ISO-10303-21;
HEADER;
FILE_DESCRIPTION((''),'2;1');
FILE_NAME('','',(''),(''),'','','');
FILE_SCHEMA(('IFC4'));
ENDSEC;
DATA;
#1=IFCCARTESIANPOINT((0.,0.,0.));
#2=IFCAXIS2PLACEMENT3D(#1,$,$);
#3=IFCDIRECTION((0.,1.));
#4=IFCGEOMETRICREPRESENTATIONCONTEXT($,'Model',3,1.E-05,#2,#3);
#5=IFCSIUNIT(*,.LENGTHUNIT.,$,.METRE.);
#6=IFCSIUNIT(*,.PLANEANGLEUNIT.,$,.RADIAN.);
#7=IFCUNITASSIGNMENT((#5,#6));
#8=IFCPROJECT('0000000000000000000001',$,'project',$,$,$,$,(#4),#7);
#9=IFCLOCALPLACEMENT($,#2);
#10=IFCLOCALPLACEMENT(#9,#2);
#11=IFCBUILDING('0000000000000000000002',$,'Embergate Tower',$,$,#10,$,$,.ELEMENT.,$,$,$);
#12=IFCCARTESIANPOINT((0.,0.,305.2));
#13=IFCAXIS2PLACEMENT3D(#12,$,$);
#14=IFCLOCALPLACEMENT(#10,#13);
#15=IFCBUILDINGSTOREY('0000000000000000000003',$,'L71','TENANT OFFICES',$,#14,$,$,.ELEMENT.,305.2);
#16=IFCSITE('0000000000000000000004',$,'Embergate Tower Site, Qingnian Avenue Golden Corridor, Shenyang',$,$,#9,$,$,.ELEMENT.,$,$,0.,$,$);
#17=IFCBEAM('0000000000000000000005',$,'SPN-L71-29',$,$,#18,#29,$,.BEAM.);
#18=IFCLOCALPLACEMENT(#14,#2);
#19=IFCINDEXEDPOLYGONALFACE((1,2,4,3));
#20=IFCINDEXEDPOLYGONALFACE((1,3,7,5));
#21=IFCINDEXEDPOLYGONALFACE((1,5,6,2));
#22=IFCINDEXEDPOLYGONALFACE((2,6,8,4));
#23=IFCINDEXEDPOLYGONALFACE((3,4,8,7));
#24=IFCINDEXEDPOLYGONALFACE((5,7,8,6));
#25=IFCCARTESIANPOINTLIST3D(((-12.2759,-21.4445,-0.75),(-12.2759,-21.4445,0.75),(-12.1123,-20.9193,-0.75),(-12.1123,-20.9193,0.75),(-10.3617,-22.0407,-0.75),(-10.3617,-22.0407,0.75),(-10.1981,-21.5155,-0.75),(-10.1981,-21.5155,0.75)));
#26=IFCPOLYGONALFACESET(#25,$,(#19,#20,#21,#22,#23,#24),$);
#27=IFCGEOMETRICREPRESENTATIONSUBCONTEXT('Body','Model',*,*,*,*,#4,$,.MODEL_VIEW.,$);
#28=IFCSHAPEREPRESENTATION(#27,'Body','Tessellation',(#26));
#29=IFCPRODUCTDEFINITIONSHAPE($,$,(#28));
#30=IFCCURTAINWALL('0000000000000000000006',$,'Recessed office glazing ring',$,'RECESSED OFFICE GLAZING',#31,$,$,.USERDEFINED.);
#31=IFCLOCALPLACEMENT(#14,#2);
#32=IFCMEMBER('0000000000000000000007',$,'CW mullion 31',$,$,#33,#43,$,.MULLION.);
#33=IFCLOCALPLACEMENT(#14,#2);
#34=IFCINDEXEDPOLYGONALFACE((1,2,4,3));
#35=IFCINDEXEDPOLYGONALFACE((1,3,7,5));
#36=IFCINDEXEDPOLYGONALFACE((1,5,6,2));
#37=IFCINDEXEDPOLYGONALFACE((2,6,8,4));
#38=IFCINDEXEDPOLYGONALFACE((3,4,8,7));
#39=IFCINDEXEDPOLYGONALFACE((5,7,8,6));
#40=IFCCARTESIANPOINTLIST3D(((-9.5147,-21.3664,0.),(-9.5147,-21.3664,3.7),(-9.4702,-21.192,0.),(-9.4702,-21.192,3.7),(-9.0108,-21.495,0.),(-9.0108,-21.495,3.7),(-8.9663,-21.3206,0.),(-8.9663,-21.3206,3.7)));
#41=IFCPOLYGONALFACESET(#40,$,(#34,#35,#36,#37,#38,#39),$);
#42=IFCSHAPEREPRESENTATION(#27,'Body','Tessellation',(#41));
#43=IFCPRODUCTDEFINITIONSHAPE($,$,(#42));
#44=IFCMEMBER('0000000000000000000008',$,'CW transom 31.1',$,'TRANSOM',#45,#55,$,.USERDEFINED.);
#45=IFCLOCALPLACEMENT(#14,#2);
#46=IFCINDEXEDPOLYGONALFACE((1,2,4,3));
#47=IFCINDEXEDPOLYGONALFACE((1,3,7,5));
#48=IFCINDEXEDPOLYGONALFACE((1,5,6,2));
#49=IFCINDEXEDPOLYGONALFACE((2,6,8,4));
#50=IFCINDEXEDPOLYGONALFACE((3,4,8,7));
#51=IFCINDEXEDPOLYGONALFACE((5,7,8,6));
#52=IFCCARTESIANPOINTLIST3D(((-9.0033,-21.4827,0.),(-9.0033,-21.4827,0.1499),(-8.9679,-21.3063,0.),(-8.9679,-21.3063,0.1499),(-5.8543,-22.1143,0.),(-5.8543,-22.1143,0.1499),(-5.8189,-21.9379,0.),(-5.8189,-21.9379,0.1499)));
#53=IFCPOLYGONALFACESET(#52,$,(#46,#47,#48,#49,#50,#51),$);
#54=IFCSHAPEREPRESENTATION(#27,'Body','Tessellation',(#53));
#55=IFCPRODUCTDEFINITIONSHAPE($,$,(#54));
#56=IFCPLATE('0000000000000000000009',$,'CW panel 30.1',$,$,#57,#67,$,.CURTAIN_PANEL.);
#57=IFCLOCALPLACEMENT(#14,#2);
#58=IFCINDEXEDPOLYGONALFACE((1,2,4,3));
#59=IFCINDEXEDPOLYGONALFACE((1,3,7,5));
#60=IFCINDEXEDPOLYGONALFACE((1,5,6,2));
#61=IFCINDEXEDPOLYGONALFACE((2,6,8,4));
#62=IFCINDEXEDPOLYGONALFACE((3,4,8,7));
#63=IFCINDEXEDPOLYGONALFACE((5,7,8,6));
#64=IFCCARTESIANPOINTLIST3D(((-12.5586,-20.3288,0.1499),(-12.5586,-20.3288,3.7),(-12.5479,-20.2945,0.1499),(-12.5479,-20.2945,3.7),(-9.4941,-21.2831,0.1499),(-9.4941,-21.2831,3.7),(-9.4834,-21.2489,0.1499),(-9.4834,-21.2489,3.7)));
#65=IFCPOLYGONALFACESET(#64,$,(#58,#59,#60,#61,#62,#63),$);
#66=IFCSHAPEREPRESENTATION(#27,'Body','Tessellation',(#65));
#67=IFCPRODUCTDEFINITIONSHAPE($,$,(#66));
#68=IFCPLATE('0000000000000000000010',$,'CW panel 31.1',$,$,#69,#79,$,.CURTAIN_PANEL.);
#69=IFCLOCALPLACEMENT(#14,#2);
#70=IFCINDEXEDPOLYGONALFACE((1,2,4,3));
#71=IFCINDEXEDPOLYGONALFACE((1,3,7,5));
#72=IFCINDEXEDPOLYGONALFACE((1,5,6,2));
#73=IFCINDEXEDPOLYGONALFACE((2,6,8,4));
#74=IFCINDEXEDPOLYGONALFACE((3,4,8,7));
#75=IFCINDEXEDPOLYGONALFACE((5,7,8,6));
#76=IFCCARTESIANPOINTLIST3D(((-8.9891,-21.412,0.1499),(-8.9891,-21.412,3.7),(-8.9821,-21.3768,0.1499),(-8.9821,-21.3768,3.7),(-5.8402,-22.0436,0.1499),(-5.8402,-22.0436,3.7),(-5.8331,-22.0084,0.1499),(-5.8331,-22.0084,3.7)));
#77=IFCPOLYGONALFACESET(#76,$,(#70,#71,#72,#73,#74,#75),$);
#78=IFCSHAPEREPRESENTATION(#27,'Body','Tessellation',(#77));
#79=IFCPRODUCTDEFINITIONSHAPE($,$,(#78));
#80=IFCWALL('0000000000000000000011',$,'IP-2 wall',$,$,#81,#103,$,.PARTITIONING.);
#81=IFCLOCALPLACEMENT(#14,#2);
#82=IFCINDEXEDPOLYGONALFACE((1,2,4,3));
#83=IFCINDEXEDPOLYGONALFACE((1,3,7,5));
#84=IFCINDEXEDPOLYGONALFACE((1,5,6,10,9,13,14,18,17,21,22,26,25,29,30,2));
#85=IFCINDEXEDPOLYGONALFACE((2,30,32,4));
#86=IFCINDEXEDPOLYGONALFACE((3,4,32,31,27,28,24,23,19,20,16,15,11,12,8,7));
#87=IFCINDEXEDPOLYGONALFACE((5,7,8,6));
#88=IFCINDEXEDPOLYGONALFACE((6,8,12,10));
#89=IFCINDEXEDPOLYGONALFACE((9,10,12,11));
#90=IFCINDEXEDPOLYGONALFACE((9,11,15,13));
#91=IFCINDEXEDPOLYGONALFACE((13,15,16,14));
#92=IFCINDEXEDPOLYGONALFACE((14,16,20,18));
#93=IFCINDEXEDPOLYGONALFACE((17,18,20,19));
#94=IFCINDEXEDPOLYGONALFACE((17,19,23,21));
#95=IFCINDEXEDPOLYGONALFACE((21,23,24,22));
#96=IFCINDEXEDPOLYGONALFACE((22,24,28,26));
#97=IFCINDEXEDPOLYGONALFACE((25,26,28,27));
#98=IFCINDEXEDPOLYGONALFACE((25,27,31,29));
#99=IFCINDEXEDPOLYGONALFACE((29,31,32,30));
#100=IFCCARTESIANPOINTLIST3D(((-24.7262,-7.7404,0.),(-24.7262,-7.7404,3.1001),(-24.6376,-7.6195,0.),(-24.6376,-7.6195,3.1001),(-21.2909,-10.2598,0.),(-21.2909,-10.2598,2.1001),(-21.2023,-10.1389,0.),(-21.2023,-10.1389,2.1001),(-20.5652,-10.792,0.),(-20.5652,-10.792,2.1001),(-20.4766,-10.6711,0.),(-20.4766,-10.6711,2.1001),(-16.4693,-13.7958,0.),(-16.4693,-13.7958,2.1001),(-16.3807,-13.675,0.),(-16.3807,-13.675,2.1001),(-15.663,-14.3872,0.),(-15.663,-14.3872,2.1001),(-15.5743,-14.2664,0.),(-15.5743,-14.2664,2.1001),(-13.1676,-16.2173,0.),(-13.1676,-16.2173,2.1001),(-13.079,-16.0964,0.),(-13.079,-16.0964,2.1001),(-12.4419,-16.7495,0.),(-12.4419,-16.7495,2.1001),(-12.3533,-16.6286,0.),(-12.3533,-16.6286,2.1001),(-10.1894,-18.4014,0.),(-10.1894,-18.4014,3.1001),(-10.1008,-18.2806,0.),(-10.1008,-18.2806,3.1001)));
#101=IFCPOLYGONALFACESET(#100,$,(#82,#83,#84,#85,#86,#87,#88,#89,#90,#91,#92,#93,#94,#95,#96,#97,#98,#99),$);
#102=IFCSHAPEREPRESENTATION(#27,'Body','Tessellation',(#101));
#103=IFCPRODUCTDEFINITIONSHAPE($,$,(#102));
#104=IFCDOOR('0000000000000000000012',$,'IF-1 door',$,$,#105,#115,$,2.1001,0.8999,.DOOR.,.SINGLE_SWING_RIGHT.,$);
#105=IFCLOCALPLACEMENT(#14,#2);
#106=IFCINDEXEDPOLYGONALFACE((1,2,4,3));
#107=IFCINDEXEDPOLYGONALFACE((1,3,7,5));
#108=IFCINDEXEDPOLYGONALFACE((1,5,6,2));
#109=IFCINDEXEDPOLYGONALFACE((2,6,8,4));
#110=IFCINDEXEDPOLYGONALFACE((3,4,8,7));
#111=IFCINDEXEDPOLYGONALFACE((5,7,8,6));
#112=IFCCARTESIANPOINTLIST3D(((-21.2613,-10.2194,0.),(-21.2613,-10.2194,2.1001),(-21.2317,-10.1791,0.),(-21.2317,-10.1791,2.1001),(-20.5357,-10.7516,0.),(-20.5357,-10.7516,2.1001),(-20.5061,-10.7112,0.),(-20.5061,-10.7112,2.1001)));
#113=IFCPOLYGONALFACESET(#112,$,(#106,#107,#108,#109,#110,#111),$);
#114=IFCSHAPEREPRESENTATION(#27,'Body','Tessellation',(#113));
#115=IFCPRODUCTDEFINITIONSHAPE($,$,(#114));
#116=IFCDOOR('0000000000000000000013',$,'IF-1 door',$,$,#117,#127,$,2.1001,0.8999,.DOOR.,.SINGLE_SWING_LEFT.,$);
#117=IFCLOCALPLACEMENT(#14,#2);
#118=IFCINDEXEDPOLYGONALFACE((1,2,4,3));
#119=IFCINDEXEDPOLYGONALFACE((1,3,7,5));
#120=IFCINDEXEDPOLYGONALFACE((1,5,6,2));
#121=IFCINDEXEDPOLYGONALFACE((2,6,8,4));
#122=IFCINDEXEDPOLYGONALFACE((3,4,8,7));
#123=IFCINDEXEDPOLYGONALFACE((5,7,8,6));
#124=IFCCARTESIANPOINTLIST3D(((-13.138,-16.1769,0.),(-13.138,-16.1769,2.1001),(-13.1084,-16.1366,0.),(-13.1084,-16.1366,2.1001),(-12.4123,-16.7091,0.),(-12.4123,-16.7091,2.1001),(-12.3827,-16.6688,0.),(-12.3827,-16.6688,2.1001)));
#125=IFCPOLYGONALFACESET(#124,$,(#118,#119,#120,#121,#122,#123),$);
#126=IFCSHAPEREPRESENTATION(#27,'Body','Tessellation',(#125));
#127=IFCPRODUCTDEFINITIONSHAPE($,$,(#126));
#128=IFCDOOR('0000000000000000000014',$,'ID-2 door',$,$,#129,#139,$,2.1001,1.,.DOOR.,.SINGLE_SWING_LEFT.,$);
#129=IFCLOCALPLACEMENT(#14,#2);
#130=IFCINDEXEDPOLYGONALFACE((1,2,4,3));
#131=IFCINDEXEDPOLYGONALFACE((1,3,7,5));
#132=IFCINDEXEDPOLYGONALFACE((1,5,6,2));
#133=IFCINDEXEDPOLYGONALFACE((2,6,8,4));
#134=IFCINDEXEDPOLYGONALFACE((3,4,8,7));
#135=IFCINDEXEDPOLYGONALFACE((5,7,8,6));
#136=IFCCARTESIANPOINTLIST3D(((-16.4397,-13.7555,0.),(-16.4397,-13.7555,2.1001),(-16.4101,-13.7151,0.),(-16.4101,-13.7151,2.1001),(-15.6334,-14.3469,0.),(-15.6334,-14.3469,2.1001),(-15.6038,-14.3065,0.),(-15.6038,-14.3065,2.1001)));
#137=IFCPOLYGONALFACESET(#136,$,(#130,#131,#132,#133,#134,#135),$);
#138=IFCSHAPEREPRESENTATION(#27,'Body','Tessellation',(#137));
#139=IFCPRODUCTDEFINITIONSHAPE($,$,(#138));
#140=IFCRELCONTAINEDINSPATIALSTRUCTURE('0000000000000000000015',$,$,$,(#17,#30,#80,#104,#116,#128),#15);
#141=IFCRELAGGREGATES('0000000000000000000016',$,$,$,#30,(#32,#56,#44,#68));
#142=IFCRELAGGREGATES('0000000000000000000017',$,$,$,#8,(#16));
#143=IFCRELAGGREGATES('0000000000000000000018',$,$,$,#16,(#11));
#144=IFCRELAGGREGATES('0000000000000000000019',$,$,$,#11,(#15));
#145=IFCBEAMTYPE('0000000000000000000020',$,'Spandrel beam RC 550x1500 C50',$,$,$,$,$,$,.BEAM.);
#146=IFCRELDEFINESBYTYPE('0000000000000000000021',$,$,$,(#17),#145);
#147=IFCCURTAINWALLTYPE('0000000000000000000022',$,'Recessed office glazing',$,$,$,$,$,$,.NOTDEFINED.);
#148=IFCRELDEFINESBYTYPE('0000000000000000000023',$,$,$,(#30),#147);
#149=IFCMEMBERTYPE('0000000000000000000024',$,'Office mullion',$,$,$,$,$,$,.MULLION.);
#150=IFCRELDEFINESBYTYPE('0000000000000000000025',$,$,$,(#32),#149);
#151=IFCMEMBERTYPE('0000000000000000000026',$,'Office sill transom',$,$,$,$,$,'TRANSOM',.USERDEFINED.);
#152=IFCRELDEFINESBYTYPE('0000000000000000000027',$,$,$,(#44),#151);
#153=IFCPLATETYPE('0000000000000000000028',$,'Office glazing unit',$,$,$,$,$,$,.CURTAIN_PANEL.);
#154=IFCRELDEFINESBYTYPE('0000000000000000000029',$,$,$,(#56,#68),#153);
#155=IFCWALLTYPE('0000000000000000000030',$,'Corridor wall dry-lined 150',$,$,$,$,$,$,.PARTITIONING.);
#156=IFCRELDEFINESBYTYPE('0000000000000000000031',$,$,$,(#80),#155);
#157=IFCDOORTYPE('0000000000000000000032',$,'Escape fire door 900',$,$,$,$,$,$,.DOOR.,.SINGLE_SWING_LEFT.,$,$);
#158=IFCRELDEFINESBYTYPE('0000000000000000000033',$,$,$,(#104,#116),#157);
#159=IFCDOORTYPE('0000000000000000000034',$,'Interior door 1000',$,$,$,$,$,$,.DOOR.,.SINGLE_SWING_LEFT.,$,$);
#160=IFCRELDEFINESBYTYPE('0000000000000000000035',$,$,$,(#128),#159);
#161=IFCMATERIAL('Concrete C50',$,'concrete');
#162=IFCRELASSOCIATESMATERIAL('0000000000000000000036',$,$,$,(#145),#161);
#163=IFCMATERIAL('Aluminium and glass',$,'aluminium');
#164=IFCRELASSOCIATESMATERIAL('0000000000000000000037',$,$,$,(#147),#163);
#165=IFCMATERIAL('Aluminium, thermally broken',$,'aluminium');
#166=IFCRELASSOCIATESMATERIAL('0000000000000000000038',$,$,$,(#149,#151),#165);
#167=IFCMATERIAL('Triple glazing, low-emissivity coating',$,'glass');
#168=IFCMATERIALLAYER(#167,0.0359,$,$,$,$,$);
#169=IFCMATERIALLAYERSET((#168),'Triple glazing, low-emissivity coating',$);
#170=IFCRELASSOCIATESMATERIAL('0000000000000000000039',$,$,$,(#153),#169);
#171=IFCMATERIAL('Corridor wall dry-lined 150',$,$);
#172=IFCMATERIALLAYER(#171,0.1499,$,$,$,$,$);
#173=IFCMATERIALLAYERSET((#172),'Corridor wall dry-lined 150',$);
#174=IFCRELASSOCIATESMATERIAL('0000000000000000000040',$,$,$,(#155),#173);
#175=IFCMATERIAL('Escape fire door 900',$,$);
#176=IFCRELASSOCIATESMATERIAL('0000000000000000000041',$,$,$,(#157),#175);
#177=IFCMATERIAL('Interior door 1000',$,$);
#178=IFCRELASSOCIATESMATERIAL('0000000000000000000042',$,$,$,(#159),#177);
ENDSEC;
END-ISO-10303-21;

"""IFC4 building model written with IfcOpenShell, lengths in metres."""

from ifc_helpers import new_model, si_unit, direction, frame, frame_2d, origin, origin_2d, place, context, subcontext, project, spatial, rectangle, extrude, source, transform, mapped, material, layer, layer_set, material_profile, profile_set, type_object, element, fill, aggregate, save


model = new_model("IFC4")

# Units and contexts
model_context = context("Model", 3, precision=1e-05, world=origin(), true_north=direction((0.0, 1.0)))
body_context = subcontext(model_context, "Body", "Model", "MODEL_VIEW")
ifc_project = project(units=[si_unit("LENGTHUNIT", "METRE"), si_unit("PLANEANGLEUNIT", "RADIAN")], contexts=[model_context])

# Site, building, storey
site_placement = place(None, origin())
site = spatial("IfcSite", under=ifc_project, at=site_placement, Name="Embergate Tower Site, Qingnian Avenue Golden Corridor, Shenyang", CompositionType="ELEMENT", RefElevation=0.0)
building_placement = place(site_placement, origin())
building = spatial("IfcBuilding", under=site, at=building_placement, Name="Embergate Tower", CompositionType="ELEMENT")
storey_placement = place(building_placement, frame((0.0, 0.0, 305.2)))
storey = spatial("IfcBuildingStorey", under=building, at=storey_placement, Name="L71", Description="TENANT OFFICES", CompositionType="ELEMENT", Elevation=305.2)

# Beam
ifc_material_1 = material(Name="Concrete C50", Category="concrete")
ifc_material_profile_1 = material_profile(ifc_material_1, rectangle(XDim=0.55, YDim=1.5, at=origin_2d()), Name="RC 550x1500")
ifc_profile_set_1 = profile_set([ifc_material_profile_1], Name="Concrete C50")
beam_type = type_object("IfcBeamType", Name="Spandrel beam RC 550x1500 C50", PredefinedType="BEAM", material=ifc_profile_set_1)
shared_shape_1 = source(origin(), body_context, "Body", "SweptSolid", [
    extrude(rectangle(XDim=0.55, YDim=1.5, at=origin_2d()), origin(), (0.0, 0.0, 1.0), 2.0049),
])
beam_placement = place(storey_placement, frame((-12.1941, -21.1819, 0.0), z_axis=(0.954757, -0.297387, 0.0), x_axis=(0.297387, 0.954757, 0.0)))
element("IfcBeam", 1, at=beam_placement, inside=storey, type_object=beam_type, Name="SPN-L71-29", PredefinedType="BEAM", context=body_context, shape_type="MappedRepresentation", body=[
    mapped(shared_shape_1, transform((0.0, 0.0, 0.0))),
])

# Curtain wall, members, plates
ifc_material_2 = material(Name="Aluminium and glass", Category="aluminium")
curtain_wall_type = type_object("IfcCurtainWallType", Name="Recessed office glazing", PredefinedType="NOTDEFINED", material=ifc_material_2)
curtain_wall_placement = place(storey_placement, origin())
curtain_wall = element("IfcCurtainWall", 2, at=curtain_wall_placement, inside=storey, type_object=curtain_wall_type, Name="Recessed office glazing ring", ObjectType="RECESSED OFFICE GLAZING", PredefinedType="USERDEFINED")
ifc_material_3 = material(Name="Aluminium, thermally broken", Category="aluminium")
ifc_material_profile_2 = material_profile(ifc_material_3, rectangle(XDim=0.1799, YDim=0.52, at=origin_2d()), Name="AL 520x180")
ifc_profile_set_2 = profile_set([ifc_material_profile_2], Name="Aluminium, thermally broken")
member_type_1 = type_object("IfcMemberType", Name="Office mullion", PredefinedType="MULLION", material=ifc_profile_set_2)
shared_shape_2 = source(origin(), body_context, "Body", "SweptSolid", [
    extrude(rectangle(XDim=0.1799, YDim=0.52, at=origin_2d()), origin(), (0.0, 0.0, 1.0), 3.7),
])
member_1_placement = place(storey_placement, frame((-9.2405, -21.3435, 0.0), z_axis=(0.0, 0.0, 1.0), x_axis=(0.247312, 0.968936, 0.0)))
member_1 = element("IfcMember", 3, at=member_1_placement, type_object=member_type_1, Name="CW mullion 31", PredefinedType="MULLION", context=body_context, shape_type="MappedRepresentation", body=[
    mapped(shared_shape_2, transform((0.0, 0.0, 0.0))),
])
ifc_material_profile_3 = material_profile(ifc_material_3, rectangle(XDim=0.1799, YDim=0.1499, at=origin_2d()), Name="AL 150x180")
ifc_profile_set_3 = profile_set([ifc_material_profile_3], Name="Aluminium, thermally broken")
member_type_2 = type_object("IfcMemberType", Name="Office sill transom", ElementType="TRANSOM", PredefinedType="USERDEFINED", material=ifc_profile_set_3)
shared_shape_3 = source(origin(), body_context, "Body", "SweptSolid", [
    extrude(rectangle(XDim=0.1799, YDim=0.1499, at=origin_2d()), origin(), (0.0, 0.0, 1.0), 3.2117),
])
member_2_placement = place(storey_placement, frame((-8.9856, -21.3945, 0.075), z_axis=(0.980472, -0.196657, 0.0), x_axis=(0.196657, 0.980472, 0.0)))
member_2 = element("IfcMember", 4, at=member_2_placement, type_object=member_type_2, Name="CW transom 31.1", ObjectType="TRANSOM", PredefinedType="USERDEFINED", context=body_context, shape_type="MappedRepresentation", body=[
    mapped(shared_shape_3, transform((0.0, 0.0, 0.0))),
])
ifc_material_4 = material(Name="Triple glazing, low-emissivity coating", Category="glass")
ifc_layer_1 = layer(ifc_material_4, 0.0359)
ifc_layer_set_1 = layer_set([ifc_layer_1], Name="Triple glazing, low-emissivity coating")
plate_type = type_object("IfcPlateType", Name="Office glazing unit", PredefinedType="CURTAIN_PANEL", material=ifc_layer_set_1)
shared_shape_4 = source(origin(), body_context, "Body", "SweptSolid", [
    extrude(rectangle(XDim=3.2097, YDim=0.0359, at=origin_2d()), origin(), (0.0, 0.0, 1.0), 3.55),
])
plate_1_placement = place(storey_placement, frame((-11.021, -20.7888, 0.1499), z_axis=(0.0, 0.0, 1.0), x_axis=(0.954771, -0.297342, 0.0)))
plate_1 = element("IfcPlate", 5, at=plate_1_placement, type_object=plate_type, Name="CW panel 30.1", PredefinedType="CURTAIN_PANEL", context=body_context, shape_type="MappedRepresentation", body=[
    mapped(shared_shape_4, transform((0.0, 0.0, 0.0))),
])
shared_shape_5 = source(origin(), body_context, "Body", "SweptSolid", [
    extrude(rectangle(XDim=3.2117, YDim=0.0359, at=origin_2d()), origin(), (0.0, 0.0, 1.0), 3.55),
])
plate_2_placement = place(storey_placement, frame((-7.4111, -21.7102, 0.1499), z_axis=(0.0, 0.0, 1.0), x_axis=(0.980475, -0.196643, 0.0)))
plate_2 = element("IfcPlate", 6, at=plate_2_placement, type_object=plate_type, Name="CW panel 31.1", PredefinedType="CURTAIN_PANEL", context=body_context, shape_type="MappedRepresentation", body=[
    mapped(shared_shape_5, transform((0.0, 0.0, 0.0))),
])
aggregate(curtain_wall, [member_1, plate_1, member_2, plate_2])

# Wall, openings, doors
ifc_material_5 = material(Name="Corridor wall dry-lined 150")
ifc_layer_2 = layer(ifc_material_5, 0.1499)
ifc_layer_set_2 = layer_set([ifc_layer_2], Name="Corridor wall dry-lined 150")
wall_type_1 = type_object("IfcWallType", Name="Corridor wall dry-lined 150", PredefinedType="PARTITIONING", material=ifc_layer_set_2)
shared_shape_6 = source(origin(), body_context, "Body", "SweptSolid", [
    extrude(rectangle(XDim=18.0271, YDim=0.1499, at=frame_2d((9.0137, 0.0))), origin(), (0.0, 0.0, 1.0), 3.1001),
])
wall_1_placement = place(storey_placement, frame((-10.145, -18.3411, 0.0), z_axis=(0.0, 0.0, 1.0), x_axis=(-0.806385, 0.591391, 0.0)))
wall_1 = element("IfcWall", 7, at=wall_1_placement, inside=storey, type_object=wall_type_1, Name="IP-2 wall", PredefinedType="PARTITIONING", context=body_context, shape_type="MappedRepresentation", body=[
    mapped(shared_shape_6, transform((0.0, 0.0, 0.0))),
])
shared_shape_7 = source(origin(), body_context, "Body", "SweptSolid", [
    extrude(rectangle(XDim=0.8999, YDim=2.1001, at=frame_2d((0.45, 1.05))), frame((0.0, 0.085, 0.0), z_axis=(0.0, -1.0, 0.0), x_axis=(1.0, 0.0, 0.0)), (0.0, 0.0, 1.0), 0.1699),
])
opening_1_placement = place(wall_1_placement, frame((12.8672, 0.0, 0.0)))
opening_1 = element("IfcOpeningElement", 8, at=opening_1_placement, cuts=wall_1, PredefinedType="OPENING", context=body_context, shape_type="MappedRepresentation", body=[
    mapped(shared_shape_7, transform((0.0, 0.0, 0.0))),
])
shared_shape_8 = source(origin(), body_context, "Body", "SweptSolid", [
    extrude(rectangle(XDim=1.0, YDim=2.1001, at=frame_2d((0.5, 1.05))), frame((0.0, 0.085, 0.0), z_axis=(0.0, -1.0, 0.0), x_axis=(1.0, 0.0, 0.0)), (0.0, 0.0, 1.0), 0.1699),
])
opening_2_placement = place(wall_1_placement, frame((6.7878, 0.0, 0.0)))
opening_2 = element("IfcOpeningElement", 9, at=opening_2_placement, cuts=wall_1, PredefinedType="OPENING", context=body_context, shape_type="MappedRepresentation", body=[
    mapped(shared_shape_8, transform((0.0, 0.0, 0.0))),
])
opening_3_placement = place(wall_1_placement, frame((2.7935, 0.0, 0.0)))
opening_3 = element("IfcOpeningElement", 10, at=opening_3_placement, cuts=wall_1, PredefinedType="OPENING", context=body_context, shape_type="MappedRepresentation", body=[
    mapped(shared_shape_7, transform((0.0, 0.0, 0.0))),
])
ifc_material_6 = material(Name="Escape fire door 900")
door_type_1 = type_object("IfcDoorType", Name="Escape fire door 900", OperationType="SINGLE_SWING_LEFT", PredefinedType="DOOR", material=ifc_material_6)
shared_shape_9 = source(origin(), body_context, "Body", "SweptSolid", [
    extrude(rectangle(XDim=0.8999, YDim=2.1001, at=frame_2d((0.45, 1.05))), frame((0.0, 0.0249, 0.0), z_axis=(0.0, -1.0, 0.0), x_axis=(1.0, 0.0, 0.0)), (0.0, 0.0, 1.0), 0.05),
])
door_1_placement = place(opening_1_placement, origin())
door_1 = element("IfcDoor", 11, at=door_1_placement, inside=storey, type_object=door_type_1, Name="IF-1 door", OperationType="SINGLE_SWING_RIGHT", OverallHeight=2.1001, OverallWidth=0.8999, PredefinedType="DOOR", context=body_context, shape_type="MappedRepresentation", body=[
    mapped(shared_shape_9, transform((0.0, 0.0, 0.0))),
])
fill(opening_1, door_1)
door_2_placement = place(opening_3_placement, origin())
door_2 = element("IfcDoor", 12, at=door_2_placement, inside=storey, type_object=door_type_1, Name="IF-1 door", OperationType="SINGLE_SWING_LEFT", OverallHeight=2.1001, OverallWidth=0.8999, PredefinedType="DOOR", context=body_context, shape_type="MappedRepresentation", body=[
    mapped(shared_shape_9, transform((0.0, 0.0, 0.0))),
])
fill(opening_3, door_2)
ifc_material_7 = material(Name="Interior door 1000")
door_type_2 = type_object("IfcDoorType", Name="Interior door 1000", OperationType="SINGLE_SWING_LEFT", PredefinedType="DOOR", material=ifc_material_7)
shared_shape_10 = source(origin(), body_context, "Body", "SweptSolid", [
    extrude(rectangle(XDim=1.0, YDim=2.1001, at=frame_2d((0.5, 1.05))), frame((0.0, 0.0249, 0.0), z_axis=(0.0, -1.0, 0.0), x_axis=(1.0, 0.0, 0.0)), (0.0, 0.0, 1.0), 0.05),
])
door_3_placement = place(opening_2_placement, origin())
door_3 = element("IfcDoor", 13, at=door_3_placement, inside=storey, type_object=door_type_2, Name="ID-2 door", OperationType="SINGLE_SWING_LEFT", OverallHeight=2.1001, OverallWidth=1.0, PredefinedType="DOOR", context=body_context, shape_type="MappedRepresentation", body=[
    mapped(shared_shape_10, transform((0.0, 0.0, 0.0))),
])
fill(opening_2, door_3)

save(model, "model.ifc")
